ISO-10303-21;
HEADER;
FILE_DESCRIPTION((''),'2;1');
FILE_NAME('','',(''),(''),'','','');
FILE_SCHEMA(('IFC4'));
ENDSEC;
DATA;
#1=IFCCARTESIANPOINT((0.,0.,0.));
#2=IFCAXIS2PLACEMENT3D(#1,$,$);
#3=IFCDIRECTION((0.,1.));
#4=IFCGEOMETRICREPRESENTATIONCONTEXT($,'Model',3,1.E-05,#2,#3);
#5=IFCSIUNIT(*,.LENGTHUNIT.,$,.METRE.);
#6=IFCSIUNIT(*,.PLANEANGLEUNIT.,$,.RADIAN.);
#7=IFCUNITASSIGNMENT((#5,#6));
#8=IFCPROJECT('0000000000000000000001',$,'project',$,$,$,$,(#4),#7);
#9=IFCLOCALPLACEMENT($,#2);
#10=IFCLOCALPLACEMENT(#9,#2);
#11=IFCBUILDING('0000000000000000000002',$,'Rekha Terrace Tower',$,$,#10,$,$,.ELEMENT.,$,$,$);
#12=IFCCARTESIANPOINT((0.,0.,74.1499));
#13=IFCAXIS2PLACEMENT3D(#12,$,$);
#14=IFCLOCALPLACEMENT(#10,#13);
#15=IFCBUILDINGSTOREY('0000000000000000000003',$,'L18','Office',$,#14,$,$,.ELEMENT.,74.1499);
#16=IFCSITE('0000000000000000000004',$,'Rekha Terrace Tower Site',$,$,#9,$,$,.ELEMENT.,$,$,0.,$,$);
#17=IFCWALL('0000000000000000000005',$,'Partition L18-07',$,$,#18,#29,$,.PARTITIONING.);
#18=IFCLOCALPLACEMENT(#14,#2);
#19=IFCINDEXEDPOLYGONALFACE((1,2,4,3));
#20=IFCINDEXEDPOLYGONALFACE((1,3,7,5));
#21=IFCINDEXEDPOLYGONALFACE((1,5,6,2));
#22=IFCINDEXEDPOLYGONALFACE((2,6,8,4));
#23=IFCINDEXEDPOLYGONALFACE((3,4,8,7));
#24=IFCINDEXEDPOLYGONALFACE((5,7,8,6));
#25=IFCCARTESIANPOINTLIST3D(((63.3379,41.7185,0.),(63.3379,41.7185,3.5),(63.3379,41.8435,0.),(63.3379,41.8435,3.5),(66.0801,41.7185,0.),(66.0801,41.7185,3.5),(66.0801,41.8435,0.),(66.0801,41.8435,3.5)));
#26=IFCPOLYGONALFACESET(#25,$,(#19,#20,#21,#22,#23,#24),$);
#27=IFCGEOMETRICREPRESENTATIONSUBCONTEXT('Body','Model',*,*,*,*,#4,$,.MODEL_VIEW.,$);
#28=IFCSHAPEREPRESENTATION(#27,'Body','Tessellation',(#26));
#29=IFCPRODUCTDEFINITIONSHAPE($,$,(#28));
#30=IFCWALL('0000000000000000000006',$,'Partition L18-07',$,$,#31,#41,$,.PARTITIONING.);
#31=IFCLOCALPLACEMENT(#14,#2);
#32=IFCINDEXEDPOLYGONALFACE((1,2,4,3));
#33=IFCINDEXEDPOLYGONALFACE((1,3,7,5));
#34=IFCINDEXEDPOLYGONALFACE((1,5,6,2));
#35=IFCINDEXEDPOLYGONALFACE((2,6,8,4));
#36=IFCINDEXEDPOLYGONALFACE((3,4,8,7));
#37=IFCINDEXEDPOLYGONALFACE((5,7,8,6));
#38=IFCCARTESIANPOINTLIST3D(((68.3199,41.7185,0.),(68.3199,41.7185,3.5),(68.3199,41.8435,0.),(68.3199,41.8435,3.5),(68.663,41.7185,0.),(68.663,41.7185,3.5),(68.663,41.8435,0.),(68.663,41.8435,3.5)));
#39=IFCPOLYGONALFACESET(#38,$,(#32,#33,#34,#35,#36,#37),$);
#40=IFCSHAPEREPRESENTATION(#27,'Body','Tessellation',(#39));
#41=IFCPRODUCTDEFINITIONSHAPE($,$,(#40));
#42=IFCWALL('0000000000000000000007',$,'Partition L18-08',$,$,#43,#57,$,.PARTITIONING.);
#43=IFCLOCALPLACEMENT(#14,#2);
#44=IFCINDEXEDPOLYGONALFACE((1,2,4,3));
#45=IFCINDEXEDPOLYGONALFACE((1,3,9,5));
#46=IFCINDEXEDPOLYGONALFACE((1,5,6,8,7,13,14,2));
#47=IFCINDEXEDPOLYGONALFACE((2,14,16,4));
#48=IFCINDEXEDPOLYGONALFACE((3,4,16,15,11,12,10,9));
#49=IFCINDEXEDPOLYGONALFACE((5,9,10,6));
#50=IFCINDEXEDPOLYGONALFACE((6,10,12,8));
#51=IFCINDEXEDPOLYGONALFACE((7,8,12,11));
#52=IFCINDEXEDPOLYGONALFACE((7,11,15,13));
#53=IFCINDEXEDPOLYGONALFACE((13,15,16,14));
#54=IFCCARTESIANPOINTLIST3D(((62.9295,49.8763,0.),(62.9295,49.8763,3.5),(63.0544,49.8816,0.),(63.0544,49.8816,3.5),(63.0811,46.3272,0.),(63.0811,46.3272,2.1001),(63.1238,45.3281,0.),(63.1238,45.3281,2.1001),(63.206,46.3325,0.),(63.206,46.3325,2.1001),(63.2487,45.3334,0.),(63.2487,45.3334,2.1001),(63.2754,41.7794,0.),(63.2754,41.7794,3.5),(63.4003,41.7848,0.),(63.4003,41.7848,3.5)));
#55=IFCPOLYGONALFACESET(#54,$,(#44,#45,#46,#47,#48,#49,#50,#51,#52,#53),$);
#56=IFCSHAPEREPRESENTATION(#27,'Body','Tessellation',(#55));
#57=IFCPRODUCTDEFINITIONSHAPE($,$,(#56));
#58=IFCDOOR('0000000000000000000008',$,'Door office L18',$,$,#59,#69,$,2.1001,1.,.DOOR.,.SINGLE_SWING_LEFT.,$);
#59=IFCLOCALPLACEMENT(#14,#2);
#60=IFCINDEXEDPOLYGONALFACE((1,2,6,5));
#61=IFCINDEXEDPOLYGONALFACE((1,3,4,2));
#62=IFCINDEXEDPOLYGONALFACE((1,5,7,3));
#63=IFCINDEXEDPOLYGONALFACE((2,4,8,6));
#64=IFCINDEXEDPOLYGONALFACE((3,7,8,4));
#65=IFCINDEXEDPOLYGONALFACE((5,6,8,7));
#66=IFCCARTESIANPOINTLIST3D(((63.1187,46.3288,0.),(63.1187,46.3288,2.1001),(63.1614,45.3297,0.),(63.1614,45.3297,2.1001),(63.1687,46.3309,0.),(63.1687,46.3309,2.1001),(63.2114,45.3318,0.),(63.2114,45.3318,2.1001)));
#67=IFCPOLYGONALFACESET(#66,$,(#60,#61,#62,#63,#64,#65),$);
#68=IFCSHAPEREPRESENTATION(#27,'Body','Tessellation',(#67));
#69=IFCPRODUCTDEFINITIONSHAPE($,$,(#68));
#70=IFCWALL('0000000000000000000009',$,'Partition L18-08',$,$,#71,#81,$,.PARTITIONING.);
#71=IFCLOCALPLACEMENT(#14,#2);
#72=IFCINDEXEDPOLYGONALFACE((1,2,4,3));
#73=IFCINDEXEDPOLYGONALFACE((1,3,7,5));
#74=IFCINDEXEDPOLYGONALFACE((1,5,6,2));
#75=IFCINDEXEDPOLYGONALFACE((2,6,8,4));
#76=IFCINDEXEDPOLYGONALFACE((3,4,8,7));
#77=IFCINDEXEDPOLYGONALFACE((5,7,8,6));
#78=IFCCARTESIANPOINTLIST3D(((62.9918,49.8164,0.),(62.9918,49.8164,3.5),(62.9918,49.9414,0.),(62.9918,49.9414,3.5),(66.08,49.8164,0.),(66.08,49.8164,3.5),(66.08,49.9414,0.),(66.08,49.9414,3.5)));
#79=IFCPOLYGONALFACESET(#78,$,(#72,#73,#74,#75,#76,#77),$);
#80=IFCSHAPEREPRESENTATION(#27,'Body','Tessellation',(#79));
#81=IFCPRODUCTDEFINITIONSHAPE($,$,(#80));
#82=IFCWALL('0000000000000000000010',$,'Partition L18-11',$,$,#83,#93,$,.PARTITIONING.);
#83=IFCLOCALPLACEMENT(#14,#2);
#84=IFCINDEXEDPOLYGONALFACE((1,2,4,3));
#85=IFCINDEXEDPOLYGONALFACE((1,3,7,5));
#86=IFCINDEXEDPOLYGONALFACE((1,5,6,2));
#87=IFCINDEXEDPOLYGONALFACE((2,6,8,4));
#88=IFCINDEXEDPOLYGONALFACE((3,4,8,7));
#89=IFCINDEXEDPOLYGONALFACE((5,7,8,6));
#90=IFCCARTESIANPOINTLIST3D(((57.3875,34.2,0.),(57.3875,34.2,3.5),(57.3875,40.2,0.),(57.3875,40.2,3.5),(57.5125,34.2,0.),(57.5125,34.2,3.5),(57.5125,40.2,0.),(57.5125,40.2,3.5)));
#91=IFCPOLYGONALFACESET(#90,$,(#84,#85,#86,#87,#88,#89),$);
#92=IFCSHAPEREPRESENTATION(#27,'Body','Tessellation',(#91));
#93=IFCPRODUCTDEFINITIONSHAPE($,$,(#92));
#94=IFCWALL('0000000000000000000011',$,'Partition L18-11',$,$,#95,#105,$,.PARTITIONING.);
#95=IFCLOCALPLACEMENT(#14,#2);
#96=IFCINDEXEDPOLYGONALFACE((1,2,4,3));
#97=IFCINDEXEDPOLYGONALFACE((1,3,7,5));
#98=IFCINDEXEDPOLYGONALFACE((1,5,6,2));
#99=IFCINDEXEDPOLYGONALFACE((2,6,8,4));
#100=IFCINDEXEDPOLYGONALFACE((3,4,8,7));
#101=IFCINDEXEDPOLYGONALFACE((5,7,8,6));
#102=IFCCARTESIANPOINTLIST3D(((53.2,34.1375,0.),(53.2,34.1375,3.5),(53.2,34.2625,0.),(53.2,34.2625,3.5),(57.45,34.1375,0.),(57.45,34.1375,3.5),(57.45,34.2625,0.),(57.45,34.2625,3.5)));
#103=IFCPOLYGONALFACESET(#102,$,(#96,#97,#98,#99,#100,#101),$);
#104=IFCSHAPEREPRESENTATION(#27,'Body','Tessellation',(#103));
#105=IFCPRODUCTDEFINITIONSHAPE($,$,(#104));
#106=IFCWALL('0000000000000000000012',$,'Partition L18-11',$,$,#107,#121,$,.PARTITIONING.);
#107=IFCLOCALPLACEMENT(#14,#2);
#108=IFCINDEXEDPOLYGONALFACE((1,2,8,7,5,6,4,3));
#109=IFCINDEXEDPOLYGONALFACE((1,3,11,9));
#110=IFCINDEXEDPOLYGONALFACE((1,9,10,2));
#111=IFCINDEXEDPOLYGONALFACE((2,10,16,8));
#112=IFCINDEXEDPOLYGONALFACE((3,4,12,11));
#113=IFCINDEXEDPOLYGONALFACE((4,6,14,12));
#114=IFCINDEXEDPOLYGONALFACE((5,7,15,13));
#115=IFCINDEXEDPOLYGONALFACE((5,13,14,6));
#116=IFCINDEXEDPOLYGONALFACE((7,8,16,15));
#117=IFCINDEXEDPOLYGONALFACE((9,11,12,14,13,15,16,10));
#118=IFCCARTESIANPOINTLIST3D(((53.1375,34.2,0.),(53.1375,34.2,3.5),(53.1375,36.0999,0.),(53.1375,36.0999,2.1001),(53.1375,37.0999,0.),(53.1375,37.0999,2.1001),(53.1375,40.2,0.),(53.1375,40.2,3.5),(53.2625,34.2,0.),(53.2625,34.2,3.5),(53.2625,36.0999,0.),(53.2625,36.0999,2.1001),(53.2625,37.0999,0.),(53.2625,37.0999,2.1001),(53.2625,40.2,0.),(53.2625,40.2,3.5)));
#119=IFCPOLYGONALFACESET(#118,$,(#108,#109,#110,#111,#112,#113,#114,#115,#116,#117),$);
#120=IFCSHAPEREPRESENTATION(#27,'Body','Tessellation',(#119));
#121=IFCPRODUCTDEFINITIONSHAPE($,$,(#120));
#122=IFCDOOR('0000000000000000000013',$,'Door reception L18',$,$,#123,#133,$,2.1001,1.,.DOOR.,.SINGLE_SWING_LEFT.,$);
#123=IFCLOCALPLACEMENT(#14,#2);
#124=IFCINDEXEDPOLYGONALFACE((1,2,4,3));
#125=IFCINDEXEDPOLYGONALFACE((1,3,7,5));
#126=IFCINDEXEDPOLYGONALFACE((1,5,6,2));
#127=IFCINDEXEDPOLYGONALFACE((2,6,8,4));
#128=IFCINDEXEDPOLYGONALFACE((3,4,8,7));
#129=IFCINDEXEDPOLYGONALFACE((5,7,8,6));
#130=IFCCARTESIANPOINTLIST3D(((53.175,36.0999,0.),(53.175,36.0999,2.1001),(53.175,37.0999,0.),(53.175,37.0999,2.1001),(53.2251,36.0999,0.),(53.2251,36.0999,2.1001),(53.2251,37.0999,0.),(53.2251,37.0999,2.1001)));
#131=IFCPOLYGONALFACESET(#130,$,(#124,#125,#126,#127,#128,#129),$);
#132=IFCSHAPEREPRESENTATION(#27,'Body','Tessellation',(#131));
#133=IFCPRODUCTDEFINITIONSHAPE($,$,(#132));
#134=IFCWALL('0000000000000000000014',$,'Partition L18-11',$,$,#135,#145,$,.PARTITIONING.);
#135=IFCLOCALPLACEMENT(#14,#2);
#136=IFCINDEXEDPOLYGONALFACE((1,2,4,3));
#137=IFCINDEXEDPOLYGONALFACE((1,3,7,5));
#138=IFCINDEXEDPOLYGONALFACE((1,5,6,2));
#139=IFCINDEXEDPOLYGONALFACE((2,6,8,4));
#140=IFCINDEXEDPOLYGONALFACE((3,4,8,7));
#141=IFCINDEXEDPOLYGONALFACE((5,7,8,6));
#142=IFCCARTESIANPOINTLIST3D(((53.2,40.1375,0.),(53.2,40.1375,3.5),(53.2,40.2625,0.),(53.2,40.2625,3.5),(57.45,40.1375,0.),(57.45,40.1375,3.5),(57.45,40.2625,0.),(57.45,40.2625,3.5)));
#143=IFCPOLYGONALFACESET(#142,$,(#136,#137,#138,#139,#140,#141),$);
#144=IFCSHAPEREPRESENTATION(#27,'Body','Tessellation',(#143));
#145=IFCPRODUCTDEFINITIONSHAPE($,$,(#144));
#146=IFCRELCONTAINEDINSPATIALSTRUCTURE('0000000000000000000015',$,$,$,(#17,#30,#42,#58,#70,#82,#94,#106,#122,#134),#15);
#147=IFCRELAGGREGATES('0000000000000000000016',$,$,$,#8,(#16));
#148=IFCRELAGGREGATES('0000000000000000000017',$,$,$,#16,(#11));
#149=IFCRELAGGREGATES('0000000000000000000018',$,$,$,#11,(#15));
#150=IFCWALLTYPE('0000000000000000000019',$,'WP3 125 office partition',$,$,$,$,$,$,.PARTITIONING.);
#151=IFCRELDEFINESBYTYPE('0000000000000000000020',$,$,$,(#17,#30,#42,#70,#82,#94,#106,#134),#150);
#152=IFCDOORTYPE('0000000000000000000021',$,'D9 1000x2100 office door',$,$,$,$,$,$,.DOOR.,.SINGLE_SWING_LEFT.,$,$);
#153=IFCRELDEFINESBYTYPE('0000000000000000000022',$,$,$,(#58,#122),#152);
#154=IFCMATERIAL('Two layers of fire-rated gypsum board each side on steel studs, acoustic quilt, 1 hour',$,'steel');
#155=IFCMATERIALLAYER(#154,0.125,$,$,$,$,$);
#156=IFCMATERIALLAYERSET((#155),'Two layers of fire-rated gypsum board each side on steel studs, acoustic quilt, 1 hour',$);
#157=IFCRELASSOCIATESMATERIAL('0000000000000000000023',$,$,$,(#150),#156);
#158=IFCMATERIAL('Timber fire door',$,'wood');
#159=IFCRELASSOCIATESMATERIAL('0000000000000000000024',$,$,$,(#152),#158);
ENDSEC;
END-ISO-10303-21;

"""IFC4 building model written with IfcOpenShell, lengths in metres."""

from ifc_helpers import new_model, si_unit, direction, frame, frame_2d, origin, place, context, subcontext, project, spatial, rectangle, extrude, material, layer, layer_set, type_object, element, fill, save


model = new_model("IFC4")

# Units and contexts
model_context = context("Model", 3, precision=1e-05, world=origin(), true_north=direction((0.0, 1.0)))
body_context = subcontext(model_context, "Body", "Model", "MODEL_VIEW")
ifc_project = project(units=[si_unit("LENGTHUNIT", "METRE"), si_unit("PLANEANGLEUNIT", "RADIAN")], contexts=[model_context])

# Site, building, storey
site_placement = place(None, origin())
site = spatial("IfcSite", under=ifc_project, at=site_placement, Name="Rekha Terrace Tower Site", CompositionType="ELEMENT", RefElevation=0.0)
building_placement = place(site_placement, origin())
building = spatial("IfcBuilding", under=site, at=building_placement, Name="Rekha Terrace Tower", CompositionType="ELEMENT")
storey_placement = place(building_placement, frame((0.0, 0.0, 74.1499)))
storey = spatial("IfcBuildingStorey", under=building, at=storey_placement, Name="L18", Description="Office", CompositionType="ELEMENT", Elevation=74.1499)

# Shared definitions
ifc_material_1 = material(Name="Two layers of fire-rated gypsum board each side on steel studs, acoustic quilt, 1 hour", Category="steel")
ifc_layer_1 = layer(ifc_material_1, 0.125)
ifc_layer_set_1 = layer_set([ifc_layer_1], Name="Two layers of fire-rated gypsum board each side on steel studs, acoustic quilt, 1 hour")
wall_type_1 = type_object("IfcWallType", Name="WP3 125 office partition", PredefinedType="PARTITIONING", material=ifc_layer_set_1)

# Shared definitions
ifc_material_2 = material(Name="Timber fire door", Category="wood")
door_type = type_object("IfcDoorType", Name="D9 1000x2100 office door", OperationType="SINGLE_SWING_LEFT", PredefinedType="DOOR", material=ifc_material_2)

# Walls
wall_1_placement = place(storey_placement, frame((63.3379, 41.781, 0.0), z_axis=(0.0, 0.0, 1.0), x_axis=(1.0, 0.0, 0.0)))
element("IfcWall", 1, at=wall_1_placement, inside=storey, type_object=wall_type_1, Name="Partition L18-07", PredefinedType="PARTITIONING", context=body_context, shape_type="SweptSolid", body=[
    extrude(rectangle(XDim=2.7422, YDim=0.125, at=frame_2d((1.3711, 0.0))), origin(), (0.0, 0.0, 1.0), 3.5),
])
wall_2_placement = place(storey_placement, frame((68.3201, 41.781, 0.0), z_axis=(0.0, 0.0, 1.0), x_axis=(1.0, 0.0, 0.0)))
element("IfcWall", 2, at=wall_2_placement, inside=storey, type_object=wall_type_1, Name="Partition L18-07", PredefinedType="PARTITIONING", context=body_context, shape_type="SweptSolid", body=[
    extrude(rectangle(XDim=0.343, YDim=0.125, at=frame_2d((0.1714, 0.0))), origin(), (0.0, 0.0, 1.0), 3.5),
])

# Wall, opening, door
wall_3_placement = place(storey_placement, frame((63.3379, 41.782, 0.0), z_axis=(0.0, 0.0, 1.0), x_axis=(-0.042687, 0.999089, 0.0)))
wall_3 = element("IfcWall", 3, at=wall_3_placement, inside=storey, type_object=wall_type_1, Name="Partition L18-08", PredefinedType="PARTITIONING", context=body_context, shape_type="SweptSolid", body=[
    extrude(rectangle(XDim=8.1042, YDim=0.125, at=frame_2d((4.0522, 0.0))), origin(), (0.0, 0.0, 1.0), 3.5),
])
opening_1_placement = place(wall_3_placement, frame((3.552, 0.0, 0.0)))
opening_1 = element("IfcOpeningElement", 4, at=opening_1_placement, cuts=wall_3, PredefinedType="OPENING", context=body_context, shape_type="SweptSolid", body=[
    extrude(rectangle(XDim=1.0, YDim=2.1001, at=frame_2d((0.5, 1.05))), frame((0.0, 0.0725, 0.0), z_axis=(0.0, -1.0, 0.0), x_axis=(1.0, 0.0, 0.0)), (0.0, 0.0, 1.0), 0.145),
])
door_1_placement = place(opening_1_placement, origin())
door_1 = element("IfcDoor", 5, at=door_1_placement, inside=storey, type_object=door_type, Name="Door office L18", OperationType="SINGLE_SWING_LEFT", OverallHeight=2.1001, OverallWidth=1.0, PredefinedType="DOOR", context=body_context, shape_type="SweptSolid", body=[
    extrude(rectangle(XDim=1.0, YDim=2.1001, at=frame_2d((0.5, 1.05))), frame((0.0, 0.0249, 0.0), z_axis=(0.0, -1.0, 0.0), x_axis=(1.0, 0.0, 0.0)), (0.0, 0.0, 1.0), 0.05),
])
fill(opening_1, door_1)

# Walls
wall_4_placement = place(storey_placement, frame((62.9919, 49.8789, 0.0), z_axis=(0.0, 0.0, 1.0), x_axis=(1.0, 0.0, 0.0)))
element("IfcWall", 6, at=wall_4_placement, inside=storey, type_object=wall_type_1, Name="Partition L18-08", PredefinedType="PARTITIONING", context=body_context, shape_type="SweptSolid", body=[
    extrude(rectangle(XDim=3.0881, YDim=0.125, at=frame_2d((1.5439, 0.0))), origin(), (0.0, 0.0, 1.0), 3.5),
])
wall_5_placement = place(storey_placement, frame((57.45, 40.2, 0.0), z_axis=(0.0, 0.0, 1.0), x_axis=(0.0, -1.0, 0.0)))
element("IfcWall", 7, at=wall_5_placement, inside=storey, type_object=wall_type_1, Name="Partition L18-11", PredefinedType="PARTITIONING", context=body_context, shape_type="SweptSolid", body=[
    extrude(rectangle(XDim=6.0, YDim=0.125, at=frame_2d((3.0, 0.0))), origin(), (0.0, 0.0, 1.0), 3.5),
])
wall_6_placement = place(storey_placement, frame((57.45, 34.2, 0.0), z_axis=(0.0, 0.0, 1.0), x_axis=(-1.0, 0.0, 0.0)))
element("IfcWall", 8, at=wall_6_placement, inside=storey, type_object=wall_type_1, Name="Partition L18-11", PredefinedType="PARTITIONING", context=body_context, shape_type="SweptSolid", body=[
    extrude(rectangle(XDim=4.25, YDim=0.125, at=frame_2d((2.125, 0.0))), origin(), (0.0, 0.0, 1.0), 3.5),
])

# Wall, opening, door
wall_7_placement = place(storey_placement, frame((53.2, 34.2, 0.0), z_axis=(0.0, 0.0, 1.0), x_axis=(0.0, 1.0, 0.0)))
wall_7 = element("IfcWall", 9, at=wall_7_placement, inside=storey, type_object=wall_type_1, Name="Partition L18-11", PredefinedType="PARTITIONING", context=body_context, shape_type="SweptSolid", body=[
    extrude(rectangle(XDim=6.0, YDim=0.125, at=frame_2d((3.0, 0.0))), origin(), (0.0, 0.0, 1.0), 3.5),
])
opening_2_placement = place(wall_7_placement, frame((1.8999, 0.0, 0.0)))
opening_2 = element("IfcOpeningElement", 10, at=opening_2_placement, cuts=wall_7, PredefinedType="OPENING", context=body_context, shape_type="SweptSolid", body=[
    extrude(rectangle(XDim=1.0, YDim=2.1001, at=frame_2d((0.5, 1.05))), frame((0.0, 0.0725, 0.0), z_axis=(0.0, -1.0, 0.0), x_axis=(1.0, 0.0, 0.0)), (0.0, 0.0, 1.0), 0.145),
])
door_2_placement = place(opening_2_placement, origin())
door_2 = element("IfcDoor", 11, at=door_2_placement, inside=storey, type_object=door_type, Name="Door reception L18", OperationType="SINGLE_SWING_LEFT", OverallHeight=2.1001, OverallWidth=1.0, PredefinedType="DOOR", context=body_context, shape_type="SweptSolid", body=[
    extrude(rectangle(XDim=1.0, YDim=2.1001, at=frame_2d((0.5, 1.05))), frame((0.0, 0.0249, 0.0), z_axis=(0.0, -1.0, 0.0), x_axis=(1.0, 0.0, 0.0)), (0.0, 0.0, 1.0), 0.05),
])
fill(opening_2, door_2)

# Wall
wall_8_placement = place(storey_placement, frame((53.2, 40.2, 0.0), z_axis=(0.0, 0.0, 1.0), x_axis=(1.0, 0.0, 0.0)))
element("IfcWall", 12, at=wall_8_placement, inside=storey, type_object=wall_type_1, Name="Partition L18-11", PredefinedType="PARTITIONING", context=body_context, shape_type="SweptSolid", body=[
    extrude(rectangle(XDim=4.25, YDim=0.125, at=frame_2d((2.125, 0.0))), origin(), (0.0, 0.0, 1.0), 3.5),
])

save(model, "model.ifc")
